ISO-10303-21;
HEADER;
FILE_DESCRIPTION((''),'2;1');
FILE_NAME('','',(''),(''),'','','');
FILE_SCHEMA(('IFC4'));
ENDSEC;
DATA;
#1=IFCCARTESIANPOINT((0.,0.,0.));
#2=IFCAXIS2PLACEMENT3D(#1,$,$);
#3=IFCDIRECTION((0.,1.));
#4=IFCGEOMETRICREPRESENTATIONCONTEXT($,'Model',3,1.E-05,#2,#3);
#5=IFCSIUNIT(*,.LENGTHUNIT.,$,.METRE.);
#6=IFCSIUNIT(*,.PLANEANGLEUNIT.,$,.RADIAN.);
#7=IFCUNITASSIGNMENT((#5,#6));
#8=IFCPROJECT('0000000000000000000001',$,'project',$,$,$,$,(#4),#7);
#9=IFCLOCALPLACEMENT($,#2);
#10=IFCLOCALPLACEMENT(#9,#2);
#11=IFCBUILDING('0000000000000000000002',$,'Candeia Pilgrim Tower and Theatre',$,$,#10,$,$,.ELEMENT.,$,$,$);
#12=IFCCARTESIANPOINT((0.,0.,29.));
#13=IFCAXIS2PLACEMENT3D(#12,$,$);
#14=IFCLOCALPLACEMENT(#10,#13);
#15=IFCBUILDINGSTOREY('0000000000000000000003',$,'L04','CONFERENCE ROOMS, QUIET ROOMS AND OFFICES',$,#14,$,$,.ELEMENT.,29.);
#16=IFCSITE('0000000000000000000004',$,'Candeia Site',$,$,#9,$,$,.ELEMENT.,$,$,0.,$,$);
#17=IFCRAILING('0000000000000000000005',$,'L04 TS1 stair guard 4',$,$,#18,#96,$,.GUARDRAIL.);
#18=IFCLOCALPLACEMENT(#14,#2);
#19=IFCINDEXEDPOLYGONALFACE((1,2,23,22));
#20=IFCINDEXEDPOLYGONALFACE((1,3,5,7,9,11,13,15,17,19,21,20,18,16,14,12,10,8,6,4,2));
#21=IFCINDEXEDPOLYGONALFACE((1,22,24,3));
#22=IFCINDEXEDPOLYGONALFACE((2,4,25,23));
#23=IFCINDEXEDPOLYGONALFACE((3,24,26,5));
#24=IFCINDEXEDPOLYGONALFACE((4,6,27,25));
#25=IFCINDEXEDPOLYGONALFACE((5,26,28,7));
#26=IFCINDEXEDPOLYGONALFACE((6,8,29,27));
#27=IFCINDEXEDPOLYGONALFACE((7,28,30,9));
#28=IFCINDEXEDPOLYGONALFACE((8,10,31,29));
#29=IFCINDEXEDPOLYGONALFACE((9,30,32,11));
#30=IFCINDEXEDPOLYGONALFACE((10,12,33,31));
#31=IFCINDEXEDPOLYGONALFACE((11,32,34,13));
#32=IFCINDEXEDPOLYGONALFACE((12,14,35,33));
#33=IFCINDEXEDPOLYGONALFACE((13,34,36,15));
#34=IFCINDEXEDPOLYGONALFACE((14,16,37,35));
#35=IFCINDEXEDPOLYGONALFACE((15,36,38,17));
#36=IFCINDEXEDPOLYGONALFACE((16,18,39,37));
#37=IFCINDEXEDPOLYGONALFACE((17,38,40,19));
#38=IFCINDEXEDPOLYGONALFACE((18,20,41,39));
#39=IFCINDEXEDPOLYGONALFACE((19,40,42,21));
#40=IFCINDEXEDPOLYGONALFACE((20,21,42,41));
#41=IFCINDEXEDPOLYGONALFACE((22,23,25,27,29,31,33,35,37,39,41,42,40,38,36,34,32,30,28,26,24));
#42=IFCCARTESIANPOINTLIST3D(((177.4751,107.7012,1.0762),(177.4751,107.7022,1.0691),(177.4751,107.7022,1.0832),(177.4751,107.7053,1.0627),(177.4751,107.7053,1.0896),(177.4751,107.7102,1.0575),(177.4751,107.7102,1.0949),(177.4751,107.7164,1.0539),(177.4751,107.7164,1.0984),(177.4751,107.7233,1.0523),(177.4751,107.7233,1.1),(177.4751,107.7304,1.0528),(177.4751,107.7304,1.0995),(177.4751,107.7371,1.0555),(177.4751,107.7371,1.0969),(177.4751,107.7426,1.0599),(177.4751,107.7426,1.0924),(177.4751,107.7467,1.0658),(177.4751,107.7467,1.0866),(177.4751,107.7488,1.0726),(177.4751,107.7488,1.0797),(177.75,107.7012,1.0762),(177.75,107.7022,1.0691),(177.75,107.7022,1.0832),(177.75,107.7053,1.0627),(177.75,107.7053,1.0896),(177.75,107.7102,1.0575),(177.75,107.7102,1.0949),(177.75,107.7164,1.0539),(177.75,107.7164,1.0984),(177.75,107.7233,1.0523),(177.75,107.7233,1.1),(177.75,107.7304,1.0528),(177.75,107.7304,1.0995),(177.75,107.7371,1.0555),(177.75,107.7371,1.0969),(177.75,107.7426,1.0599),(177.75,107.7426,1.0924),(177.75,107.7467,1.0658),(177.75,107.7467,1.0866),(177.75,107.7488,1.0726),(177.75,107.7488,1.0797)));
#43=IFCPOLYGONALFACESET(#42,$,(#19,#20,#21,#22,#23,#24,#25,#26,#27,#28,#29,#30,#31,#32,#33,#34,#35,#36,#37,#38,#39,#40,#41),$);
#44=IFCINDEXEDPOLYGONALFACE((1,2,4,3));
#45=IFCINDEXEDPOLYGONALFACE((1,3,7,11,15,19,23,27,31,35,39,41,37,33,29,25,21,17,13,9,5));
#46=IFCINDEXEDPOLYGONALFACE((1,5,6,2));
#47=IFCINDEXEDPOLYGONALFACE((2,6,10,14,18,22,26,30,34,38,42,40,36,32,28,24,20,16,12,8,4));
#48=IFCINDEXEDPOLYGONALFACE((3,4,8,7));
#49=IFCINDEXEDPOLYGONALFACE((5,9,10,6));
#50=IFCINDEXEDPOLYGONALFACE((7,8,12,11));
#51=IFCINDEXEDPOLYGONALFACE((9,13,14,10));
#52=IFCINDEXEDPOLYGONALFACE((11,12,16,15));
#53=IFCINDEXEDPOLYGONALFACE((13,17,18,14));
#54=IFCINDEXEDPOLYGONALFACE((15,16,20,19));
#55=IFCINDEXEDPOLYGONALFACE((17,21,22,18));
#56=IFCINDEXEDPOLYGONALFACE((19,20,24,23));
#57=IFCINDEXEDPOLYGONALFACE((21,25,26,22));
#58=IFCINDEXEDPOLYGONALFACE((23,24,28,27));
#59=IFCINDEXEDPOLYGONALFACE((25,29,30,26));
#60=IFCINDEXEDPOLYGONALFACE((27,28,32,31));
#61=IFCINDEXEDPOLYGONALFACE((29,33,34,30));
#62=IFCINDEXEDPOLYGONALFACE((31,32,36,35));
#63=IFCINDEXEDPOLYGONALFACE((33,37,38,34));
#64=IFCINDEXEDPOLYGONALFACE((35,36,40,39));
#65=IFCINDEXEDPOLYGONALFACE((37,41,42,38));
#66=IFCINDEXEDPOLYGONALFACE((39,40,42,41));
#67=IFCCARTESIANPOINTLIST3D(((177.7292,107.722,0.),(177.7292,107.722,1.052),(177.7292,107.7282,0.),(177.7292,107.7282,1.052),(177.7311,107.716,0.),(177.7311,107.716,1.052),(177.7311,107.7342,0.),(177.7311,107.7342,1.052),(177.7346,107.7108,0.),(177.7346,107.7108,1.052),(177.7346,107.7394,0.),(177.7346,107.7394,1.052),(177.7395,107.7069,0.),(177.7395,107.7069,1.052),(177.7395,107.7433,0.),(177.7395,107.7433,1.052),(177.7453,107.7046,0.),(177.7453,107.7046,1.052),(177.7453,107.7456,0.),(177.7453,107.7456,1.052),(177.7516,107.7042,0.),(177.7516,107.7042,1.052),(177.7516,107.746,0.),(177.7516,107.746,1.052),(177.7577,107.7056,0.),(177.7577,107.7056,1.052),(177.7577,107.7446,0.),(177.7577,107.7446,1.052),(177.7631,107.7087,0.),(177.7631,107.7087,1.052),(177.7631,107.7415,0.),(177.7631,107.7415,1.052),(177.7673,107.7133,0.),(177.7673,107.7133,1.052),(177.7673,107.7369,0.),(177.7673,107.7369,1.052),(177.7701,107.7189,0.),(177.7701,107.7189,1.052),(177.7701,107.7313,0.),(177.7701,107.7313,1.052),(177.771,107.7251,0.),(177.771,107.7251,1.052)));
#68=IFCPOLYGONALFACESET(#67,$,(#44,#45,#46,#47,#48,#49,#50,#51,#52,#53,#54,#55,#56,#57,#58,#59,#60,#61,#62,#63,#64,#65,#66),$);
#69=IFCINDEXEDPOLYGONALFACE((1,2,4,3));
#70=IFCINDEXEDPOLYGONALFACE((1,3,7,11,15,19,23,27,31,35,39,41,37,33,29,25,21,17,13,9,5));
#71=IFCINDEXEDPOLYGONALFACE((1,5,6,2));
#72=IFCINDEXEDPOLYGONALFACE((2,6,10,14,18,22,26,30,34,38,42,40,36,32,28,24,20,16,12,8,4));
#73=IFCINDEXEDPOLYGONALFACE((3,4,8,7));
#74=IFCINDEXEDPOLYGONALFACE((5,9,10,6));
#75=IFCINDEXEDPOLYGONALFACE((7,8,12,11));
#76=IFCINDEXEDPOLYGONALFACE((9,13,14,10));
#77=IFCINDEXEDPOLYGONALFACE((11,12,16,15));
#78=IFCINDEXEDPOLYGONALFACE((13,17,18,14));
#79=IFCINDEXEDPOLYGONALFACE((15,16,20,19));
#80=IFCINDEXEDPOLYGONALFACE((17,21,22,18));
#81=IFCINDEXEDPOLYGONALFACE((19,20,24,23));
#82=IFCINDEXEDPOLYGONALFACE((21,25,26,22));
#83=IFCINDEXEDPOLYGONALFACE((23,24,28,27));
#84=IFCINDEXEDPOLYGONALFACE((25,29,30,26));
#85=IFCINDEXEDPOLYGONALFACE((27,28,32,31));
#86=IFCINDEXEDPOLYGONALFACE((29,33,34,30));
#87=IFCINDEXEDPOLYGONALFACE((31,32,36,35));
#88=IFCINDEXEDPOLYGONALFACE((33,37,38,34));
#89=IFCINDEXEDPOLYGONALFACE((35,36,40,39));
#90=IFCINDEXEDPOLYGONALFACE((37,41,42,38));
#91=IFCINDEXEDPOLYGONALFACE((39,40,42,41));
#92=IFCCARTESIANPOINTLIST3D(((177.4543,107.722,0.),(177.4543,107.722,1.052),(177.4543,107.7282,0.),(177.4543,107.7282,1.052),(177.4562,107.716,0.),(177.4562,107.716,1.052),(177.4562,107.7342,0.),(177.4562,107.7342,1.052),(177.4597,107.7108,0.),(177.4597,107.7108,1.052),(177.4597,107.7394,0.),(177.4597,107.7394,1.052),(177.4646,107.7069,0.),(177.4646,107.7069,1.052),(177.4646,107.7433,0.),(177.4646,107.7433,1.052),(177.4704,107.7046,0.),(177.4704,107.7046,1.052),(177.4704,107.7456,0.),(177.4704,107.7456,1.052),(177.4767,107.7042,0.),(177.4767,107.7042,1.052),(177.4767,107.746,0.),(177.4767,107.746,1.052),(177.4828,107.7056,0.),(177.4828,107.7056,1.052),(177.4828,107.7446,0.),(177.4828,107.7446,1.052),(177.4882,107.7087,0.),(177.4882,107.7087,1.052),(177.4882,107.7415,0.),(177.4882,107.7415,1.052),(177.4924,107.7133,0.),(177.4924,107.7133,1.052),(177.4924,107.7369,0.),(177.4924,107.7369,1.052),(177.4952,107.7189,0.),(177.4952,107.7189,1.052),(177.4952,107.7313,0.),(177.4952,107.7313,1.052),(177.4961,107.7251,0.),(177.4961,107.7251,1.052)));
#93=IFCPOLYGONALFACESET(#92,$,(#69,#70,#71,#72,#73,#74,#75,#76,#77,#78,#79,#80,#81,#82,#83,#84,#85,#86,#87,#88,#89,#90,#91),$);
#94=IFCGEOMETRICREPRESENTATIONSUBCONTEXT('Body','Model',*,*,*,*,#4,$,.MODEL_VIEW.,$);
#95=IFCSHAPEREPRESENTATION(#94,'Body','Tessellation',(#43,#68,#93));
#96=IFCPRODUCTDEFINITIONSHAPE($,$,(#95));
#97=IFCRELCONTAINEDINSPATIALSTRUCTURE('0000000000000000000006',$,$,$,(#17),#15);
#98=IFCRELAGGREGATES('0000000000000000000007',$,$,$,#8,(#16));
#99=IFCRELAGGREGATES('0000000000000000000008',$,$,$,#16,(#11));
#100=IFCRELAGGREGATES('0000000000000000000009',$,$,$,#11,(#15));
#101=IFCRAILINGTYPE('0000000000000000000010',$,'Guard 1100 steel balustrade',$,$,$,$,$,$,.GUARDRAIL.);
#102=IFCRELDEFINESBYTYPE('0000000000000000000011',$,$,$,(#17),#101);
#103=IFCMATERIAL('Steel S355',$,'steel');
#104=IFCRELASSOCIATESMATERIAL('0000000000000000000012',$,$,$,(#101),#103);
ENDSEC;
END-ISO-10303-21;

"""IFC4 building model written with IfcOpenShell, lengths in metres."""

from ifc_helpers import new_model, si_unit, direction, frame, origin, origin_2d, place, context, subcontext, project, spatial, circle, extrude, material, type_object, element, save


model = new_model("IFC4")

# Units and contexts
model_context = context("Model", 3, precision=1e-05, world=origin(), true_north=direction((0.0, 1.0)))
body_context = subcontext(model_context, "Body", "Model", "MODEL_VIEW")
ifc_project = project(units=[si_unit("LENGTHUNIT", "METRE"), si_unit("PLANEANGLEUNIT", "RADIAN")], contexts=[model_context])

# Site, building, storey
site_placement = place(None, origin())
site = spatial("IfcSite", under=ifc_project, at=site_placement, Name="Candeia Site", CompositionType="ELEMENT", RefElevation=0.0)
building_placement = place(site_placement, origin())
building = spatial("IfcBuilding", under=site, at=building_placement, Name="Candeia Pilgrim Tower and Theatre", CompositionType="ELEMENT")
storey_placement = place(building_placement, frame((0.0, 0.0, 29.0)))
storey = spatial("IfcBuildingStorey", under=building, at=storey_placement, Name="L04", Description="CONFERENCE ROOMS, QUIET ROOMS AND OFFICES", CompositionType="ELEMENT", Elevation=29.0)

# Railing
ifc_material_1 = material(Name="Steel S355", Category="steel")
railing_type_1 = type_object("IfcRailingType", Name="Guard 1100 steel balustrade", PredefinedType="GUARDRAIL", material=ifc_material_1)
railing_1_placement = place(storey_placement, frame((177.75, 107.7251, 0.0)))
element("IfcRailing", 1, at=railing_1_placement, inside=storey, type_object=railing_type_1, Name="L04 TS1 stair guard 4", PredefinedType="GUARDRAIL", context=body_context, shape_type="SweptSolid", body=[
    extrude(circle(Radius=0.0239, at=origin_2d()), frame((0.0, 0.0, 1.0762), z_axis=(-1.0, 0.0, 0.0), x_axis=(0.0, -1.0, 0.0)), (0.0, 0.0, 1.0), 0.2749),
    extrude(circle(Radius=0.021, at=origin_2d()), origin(), (0.0, 0.0, 1.0), 1.052),
    extrude(circle(Radius=0.021, at=origin_2d()), frame((-0.2749, 0.0, 0.0)), (0.0, 0.0, 1.0), 1.052),
])

save(model, "model.ifc")
